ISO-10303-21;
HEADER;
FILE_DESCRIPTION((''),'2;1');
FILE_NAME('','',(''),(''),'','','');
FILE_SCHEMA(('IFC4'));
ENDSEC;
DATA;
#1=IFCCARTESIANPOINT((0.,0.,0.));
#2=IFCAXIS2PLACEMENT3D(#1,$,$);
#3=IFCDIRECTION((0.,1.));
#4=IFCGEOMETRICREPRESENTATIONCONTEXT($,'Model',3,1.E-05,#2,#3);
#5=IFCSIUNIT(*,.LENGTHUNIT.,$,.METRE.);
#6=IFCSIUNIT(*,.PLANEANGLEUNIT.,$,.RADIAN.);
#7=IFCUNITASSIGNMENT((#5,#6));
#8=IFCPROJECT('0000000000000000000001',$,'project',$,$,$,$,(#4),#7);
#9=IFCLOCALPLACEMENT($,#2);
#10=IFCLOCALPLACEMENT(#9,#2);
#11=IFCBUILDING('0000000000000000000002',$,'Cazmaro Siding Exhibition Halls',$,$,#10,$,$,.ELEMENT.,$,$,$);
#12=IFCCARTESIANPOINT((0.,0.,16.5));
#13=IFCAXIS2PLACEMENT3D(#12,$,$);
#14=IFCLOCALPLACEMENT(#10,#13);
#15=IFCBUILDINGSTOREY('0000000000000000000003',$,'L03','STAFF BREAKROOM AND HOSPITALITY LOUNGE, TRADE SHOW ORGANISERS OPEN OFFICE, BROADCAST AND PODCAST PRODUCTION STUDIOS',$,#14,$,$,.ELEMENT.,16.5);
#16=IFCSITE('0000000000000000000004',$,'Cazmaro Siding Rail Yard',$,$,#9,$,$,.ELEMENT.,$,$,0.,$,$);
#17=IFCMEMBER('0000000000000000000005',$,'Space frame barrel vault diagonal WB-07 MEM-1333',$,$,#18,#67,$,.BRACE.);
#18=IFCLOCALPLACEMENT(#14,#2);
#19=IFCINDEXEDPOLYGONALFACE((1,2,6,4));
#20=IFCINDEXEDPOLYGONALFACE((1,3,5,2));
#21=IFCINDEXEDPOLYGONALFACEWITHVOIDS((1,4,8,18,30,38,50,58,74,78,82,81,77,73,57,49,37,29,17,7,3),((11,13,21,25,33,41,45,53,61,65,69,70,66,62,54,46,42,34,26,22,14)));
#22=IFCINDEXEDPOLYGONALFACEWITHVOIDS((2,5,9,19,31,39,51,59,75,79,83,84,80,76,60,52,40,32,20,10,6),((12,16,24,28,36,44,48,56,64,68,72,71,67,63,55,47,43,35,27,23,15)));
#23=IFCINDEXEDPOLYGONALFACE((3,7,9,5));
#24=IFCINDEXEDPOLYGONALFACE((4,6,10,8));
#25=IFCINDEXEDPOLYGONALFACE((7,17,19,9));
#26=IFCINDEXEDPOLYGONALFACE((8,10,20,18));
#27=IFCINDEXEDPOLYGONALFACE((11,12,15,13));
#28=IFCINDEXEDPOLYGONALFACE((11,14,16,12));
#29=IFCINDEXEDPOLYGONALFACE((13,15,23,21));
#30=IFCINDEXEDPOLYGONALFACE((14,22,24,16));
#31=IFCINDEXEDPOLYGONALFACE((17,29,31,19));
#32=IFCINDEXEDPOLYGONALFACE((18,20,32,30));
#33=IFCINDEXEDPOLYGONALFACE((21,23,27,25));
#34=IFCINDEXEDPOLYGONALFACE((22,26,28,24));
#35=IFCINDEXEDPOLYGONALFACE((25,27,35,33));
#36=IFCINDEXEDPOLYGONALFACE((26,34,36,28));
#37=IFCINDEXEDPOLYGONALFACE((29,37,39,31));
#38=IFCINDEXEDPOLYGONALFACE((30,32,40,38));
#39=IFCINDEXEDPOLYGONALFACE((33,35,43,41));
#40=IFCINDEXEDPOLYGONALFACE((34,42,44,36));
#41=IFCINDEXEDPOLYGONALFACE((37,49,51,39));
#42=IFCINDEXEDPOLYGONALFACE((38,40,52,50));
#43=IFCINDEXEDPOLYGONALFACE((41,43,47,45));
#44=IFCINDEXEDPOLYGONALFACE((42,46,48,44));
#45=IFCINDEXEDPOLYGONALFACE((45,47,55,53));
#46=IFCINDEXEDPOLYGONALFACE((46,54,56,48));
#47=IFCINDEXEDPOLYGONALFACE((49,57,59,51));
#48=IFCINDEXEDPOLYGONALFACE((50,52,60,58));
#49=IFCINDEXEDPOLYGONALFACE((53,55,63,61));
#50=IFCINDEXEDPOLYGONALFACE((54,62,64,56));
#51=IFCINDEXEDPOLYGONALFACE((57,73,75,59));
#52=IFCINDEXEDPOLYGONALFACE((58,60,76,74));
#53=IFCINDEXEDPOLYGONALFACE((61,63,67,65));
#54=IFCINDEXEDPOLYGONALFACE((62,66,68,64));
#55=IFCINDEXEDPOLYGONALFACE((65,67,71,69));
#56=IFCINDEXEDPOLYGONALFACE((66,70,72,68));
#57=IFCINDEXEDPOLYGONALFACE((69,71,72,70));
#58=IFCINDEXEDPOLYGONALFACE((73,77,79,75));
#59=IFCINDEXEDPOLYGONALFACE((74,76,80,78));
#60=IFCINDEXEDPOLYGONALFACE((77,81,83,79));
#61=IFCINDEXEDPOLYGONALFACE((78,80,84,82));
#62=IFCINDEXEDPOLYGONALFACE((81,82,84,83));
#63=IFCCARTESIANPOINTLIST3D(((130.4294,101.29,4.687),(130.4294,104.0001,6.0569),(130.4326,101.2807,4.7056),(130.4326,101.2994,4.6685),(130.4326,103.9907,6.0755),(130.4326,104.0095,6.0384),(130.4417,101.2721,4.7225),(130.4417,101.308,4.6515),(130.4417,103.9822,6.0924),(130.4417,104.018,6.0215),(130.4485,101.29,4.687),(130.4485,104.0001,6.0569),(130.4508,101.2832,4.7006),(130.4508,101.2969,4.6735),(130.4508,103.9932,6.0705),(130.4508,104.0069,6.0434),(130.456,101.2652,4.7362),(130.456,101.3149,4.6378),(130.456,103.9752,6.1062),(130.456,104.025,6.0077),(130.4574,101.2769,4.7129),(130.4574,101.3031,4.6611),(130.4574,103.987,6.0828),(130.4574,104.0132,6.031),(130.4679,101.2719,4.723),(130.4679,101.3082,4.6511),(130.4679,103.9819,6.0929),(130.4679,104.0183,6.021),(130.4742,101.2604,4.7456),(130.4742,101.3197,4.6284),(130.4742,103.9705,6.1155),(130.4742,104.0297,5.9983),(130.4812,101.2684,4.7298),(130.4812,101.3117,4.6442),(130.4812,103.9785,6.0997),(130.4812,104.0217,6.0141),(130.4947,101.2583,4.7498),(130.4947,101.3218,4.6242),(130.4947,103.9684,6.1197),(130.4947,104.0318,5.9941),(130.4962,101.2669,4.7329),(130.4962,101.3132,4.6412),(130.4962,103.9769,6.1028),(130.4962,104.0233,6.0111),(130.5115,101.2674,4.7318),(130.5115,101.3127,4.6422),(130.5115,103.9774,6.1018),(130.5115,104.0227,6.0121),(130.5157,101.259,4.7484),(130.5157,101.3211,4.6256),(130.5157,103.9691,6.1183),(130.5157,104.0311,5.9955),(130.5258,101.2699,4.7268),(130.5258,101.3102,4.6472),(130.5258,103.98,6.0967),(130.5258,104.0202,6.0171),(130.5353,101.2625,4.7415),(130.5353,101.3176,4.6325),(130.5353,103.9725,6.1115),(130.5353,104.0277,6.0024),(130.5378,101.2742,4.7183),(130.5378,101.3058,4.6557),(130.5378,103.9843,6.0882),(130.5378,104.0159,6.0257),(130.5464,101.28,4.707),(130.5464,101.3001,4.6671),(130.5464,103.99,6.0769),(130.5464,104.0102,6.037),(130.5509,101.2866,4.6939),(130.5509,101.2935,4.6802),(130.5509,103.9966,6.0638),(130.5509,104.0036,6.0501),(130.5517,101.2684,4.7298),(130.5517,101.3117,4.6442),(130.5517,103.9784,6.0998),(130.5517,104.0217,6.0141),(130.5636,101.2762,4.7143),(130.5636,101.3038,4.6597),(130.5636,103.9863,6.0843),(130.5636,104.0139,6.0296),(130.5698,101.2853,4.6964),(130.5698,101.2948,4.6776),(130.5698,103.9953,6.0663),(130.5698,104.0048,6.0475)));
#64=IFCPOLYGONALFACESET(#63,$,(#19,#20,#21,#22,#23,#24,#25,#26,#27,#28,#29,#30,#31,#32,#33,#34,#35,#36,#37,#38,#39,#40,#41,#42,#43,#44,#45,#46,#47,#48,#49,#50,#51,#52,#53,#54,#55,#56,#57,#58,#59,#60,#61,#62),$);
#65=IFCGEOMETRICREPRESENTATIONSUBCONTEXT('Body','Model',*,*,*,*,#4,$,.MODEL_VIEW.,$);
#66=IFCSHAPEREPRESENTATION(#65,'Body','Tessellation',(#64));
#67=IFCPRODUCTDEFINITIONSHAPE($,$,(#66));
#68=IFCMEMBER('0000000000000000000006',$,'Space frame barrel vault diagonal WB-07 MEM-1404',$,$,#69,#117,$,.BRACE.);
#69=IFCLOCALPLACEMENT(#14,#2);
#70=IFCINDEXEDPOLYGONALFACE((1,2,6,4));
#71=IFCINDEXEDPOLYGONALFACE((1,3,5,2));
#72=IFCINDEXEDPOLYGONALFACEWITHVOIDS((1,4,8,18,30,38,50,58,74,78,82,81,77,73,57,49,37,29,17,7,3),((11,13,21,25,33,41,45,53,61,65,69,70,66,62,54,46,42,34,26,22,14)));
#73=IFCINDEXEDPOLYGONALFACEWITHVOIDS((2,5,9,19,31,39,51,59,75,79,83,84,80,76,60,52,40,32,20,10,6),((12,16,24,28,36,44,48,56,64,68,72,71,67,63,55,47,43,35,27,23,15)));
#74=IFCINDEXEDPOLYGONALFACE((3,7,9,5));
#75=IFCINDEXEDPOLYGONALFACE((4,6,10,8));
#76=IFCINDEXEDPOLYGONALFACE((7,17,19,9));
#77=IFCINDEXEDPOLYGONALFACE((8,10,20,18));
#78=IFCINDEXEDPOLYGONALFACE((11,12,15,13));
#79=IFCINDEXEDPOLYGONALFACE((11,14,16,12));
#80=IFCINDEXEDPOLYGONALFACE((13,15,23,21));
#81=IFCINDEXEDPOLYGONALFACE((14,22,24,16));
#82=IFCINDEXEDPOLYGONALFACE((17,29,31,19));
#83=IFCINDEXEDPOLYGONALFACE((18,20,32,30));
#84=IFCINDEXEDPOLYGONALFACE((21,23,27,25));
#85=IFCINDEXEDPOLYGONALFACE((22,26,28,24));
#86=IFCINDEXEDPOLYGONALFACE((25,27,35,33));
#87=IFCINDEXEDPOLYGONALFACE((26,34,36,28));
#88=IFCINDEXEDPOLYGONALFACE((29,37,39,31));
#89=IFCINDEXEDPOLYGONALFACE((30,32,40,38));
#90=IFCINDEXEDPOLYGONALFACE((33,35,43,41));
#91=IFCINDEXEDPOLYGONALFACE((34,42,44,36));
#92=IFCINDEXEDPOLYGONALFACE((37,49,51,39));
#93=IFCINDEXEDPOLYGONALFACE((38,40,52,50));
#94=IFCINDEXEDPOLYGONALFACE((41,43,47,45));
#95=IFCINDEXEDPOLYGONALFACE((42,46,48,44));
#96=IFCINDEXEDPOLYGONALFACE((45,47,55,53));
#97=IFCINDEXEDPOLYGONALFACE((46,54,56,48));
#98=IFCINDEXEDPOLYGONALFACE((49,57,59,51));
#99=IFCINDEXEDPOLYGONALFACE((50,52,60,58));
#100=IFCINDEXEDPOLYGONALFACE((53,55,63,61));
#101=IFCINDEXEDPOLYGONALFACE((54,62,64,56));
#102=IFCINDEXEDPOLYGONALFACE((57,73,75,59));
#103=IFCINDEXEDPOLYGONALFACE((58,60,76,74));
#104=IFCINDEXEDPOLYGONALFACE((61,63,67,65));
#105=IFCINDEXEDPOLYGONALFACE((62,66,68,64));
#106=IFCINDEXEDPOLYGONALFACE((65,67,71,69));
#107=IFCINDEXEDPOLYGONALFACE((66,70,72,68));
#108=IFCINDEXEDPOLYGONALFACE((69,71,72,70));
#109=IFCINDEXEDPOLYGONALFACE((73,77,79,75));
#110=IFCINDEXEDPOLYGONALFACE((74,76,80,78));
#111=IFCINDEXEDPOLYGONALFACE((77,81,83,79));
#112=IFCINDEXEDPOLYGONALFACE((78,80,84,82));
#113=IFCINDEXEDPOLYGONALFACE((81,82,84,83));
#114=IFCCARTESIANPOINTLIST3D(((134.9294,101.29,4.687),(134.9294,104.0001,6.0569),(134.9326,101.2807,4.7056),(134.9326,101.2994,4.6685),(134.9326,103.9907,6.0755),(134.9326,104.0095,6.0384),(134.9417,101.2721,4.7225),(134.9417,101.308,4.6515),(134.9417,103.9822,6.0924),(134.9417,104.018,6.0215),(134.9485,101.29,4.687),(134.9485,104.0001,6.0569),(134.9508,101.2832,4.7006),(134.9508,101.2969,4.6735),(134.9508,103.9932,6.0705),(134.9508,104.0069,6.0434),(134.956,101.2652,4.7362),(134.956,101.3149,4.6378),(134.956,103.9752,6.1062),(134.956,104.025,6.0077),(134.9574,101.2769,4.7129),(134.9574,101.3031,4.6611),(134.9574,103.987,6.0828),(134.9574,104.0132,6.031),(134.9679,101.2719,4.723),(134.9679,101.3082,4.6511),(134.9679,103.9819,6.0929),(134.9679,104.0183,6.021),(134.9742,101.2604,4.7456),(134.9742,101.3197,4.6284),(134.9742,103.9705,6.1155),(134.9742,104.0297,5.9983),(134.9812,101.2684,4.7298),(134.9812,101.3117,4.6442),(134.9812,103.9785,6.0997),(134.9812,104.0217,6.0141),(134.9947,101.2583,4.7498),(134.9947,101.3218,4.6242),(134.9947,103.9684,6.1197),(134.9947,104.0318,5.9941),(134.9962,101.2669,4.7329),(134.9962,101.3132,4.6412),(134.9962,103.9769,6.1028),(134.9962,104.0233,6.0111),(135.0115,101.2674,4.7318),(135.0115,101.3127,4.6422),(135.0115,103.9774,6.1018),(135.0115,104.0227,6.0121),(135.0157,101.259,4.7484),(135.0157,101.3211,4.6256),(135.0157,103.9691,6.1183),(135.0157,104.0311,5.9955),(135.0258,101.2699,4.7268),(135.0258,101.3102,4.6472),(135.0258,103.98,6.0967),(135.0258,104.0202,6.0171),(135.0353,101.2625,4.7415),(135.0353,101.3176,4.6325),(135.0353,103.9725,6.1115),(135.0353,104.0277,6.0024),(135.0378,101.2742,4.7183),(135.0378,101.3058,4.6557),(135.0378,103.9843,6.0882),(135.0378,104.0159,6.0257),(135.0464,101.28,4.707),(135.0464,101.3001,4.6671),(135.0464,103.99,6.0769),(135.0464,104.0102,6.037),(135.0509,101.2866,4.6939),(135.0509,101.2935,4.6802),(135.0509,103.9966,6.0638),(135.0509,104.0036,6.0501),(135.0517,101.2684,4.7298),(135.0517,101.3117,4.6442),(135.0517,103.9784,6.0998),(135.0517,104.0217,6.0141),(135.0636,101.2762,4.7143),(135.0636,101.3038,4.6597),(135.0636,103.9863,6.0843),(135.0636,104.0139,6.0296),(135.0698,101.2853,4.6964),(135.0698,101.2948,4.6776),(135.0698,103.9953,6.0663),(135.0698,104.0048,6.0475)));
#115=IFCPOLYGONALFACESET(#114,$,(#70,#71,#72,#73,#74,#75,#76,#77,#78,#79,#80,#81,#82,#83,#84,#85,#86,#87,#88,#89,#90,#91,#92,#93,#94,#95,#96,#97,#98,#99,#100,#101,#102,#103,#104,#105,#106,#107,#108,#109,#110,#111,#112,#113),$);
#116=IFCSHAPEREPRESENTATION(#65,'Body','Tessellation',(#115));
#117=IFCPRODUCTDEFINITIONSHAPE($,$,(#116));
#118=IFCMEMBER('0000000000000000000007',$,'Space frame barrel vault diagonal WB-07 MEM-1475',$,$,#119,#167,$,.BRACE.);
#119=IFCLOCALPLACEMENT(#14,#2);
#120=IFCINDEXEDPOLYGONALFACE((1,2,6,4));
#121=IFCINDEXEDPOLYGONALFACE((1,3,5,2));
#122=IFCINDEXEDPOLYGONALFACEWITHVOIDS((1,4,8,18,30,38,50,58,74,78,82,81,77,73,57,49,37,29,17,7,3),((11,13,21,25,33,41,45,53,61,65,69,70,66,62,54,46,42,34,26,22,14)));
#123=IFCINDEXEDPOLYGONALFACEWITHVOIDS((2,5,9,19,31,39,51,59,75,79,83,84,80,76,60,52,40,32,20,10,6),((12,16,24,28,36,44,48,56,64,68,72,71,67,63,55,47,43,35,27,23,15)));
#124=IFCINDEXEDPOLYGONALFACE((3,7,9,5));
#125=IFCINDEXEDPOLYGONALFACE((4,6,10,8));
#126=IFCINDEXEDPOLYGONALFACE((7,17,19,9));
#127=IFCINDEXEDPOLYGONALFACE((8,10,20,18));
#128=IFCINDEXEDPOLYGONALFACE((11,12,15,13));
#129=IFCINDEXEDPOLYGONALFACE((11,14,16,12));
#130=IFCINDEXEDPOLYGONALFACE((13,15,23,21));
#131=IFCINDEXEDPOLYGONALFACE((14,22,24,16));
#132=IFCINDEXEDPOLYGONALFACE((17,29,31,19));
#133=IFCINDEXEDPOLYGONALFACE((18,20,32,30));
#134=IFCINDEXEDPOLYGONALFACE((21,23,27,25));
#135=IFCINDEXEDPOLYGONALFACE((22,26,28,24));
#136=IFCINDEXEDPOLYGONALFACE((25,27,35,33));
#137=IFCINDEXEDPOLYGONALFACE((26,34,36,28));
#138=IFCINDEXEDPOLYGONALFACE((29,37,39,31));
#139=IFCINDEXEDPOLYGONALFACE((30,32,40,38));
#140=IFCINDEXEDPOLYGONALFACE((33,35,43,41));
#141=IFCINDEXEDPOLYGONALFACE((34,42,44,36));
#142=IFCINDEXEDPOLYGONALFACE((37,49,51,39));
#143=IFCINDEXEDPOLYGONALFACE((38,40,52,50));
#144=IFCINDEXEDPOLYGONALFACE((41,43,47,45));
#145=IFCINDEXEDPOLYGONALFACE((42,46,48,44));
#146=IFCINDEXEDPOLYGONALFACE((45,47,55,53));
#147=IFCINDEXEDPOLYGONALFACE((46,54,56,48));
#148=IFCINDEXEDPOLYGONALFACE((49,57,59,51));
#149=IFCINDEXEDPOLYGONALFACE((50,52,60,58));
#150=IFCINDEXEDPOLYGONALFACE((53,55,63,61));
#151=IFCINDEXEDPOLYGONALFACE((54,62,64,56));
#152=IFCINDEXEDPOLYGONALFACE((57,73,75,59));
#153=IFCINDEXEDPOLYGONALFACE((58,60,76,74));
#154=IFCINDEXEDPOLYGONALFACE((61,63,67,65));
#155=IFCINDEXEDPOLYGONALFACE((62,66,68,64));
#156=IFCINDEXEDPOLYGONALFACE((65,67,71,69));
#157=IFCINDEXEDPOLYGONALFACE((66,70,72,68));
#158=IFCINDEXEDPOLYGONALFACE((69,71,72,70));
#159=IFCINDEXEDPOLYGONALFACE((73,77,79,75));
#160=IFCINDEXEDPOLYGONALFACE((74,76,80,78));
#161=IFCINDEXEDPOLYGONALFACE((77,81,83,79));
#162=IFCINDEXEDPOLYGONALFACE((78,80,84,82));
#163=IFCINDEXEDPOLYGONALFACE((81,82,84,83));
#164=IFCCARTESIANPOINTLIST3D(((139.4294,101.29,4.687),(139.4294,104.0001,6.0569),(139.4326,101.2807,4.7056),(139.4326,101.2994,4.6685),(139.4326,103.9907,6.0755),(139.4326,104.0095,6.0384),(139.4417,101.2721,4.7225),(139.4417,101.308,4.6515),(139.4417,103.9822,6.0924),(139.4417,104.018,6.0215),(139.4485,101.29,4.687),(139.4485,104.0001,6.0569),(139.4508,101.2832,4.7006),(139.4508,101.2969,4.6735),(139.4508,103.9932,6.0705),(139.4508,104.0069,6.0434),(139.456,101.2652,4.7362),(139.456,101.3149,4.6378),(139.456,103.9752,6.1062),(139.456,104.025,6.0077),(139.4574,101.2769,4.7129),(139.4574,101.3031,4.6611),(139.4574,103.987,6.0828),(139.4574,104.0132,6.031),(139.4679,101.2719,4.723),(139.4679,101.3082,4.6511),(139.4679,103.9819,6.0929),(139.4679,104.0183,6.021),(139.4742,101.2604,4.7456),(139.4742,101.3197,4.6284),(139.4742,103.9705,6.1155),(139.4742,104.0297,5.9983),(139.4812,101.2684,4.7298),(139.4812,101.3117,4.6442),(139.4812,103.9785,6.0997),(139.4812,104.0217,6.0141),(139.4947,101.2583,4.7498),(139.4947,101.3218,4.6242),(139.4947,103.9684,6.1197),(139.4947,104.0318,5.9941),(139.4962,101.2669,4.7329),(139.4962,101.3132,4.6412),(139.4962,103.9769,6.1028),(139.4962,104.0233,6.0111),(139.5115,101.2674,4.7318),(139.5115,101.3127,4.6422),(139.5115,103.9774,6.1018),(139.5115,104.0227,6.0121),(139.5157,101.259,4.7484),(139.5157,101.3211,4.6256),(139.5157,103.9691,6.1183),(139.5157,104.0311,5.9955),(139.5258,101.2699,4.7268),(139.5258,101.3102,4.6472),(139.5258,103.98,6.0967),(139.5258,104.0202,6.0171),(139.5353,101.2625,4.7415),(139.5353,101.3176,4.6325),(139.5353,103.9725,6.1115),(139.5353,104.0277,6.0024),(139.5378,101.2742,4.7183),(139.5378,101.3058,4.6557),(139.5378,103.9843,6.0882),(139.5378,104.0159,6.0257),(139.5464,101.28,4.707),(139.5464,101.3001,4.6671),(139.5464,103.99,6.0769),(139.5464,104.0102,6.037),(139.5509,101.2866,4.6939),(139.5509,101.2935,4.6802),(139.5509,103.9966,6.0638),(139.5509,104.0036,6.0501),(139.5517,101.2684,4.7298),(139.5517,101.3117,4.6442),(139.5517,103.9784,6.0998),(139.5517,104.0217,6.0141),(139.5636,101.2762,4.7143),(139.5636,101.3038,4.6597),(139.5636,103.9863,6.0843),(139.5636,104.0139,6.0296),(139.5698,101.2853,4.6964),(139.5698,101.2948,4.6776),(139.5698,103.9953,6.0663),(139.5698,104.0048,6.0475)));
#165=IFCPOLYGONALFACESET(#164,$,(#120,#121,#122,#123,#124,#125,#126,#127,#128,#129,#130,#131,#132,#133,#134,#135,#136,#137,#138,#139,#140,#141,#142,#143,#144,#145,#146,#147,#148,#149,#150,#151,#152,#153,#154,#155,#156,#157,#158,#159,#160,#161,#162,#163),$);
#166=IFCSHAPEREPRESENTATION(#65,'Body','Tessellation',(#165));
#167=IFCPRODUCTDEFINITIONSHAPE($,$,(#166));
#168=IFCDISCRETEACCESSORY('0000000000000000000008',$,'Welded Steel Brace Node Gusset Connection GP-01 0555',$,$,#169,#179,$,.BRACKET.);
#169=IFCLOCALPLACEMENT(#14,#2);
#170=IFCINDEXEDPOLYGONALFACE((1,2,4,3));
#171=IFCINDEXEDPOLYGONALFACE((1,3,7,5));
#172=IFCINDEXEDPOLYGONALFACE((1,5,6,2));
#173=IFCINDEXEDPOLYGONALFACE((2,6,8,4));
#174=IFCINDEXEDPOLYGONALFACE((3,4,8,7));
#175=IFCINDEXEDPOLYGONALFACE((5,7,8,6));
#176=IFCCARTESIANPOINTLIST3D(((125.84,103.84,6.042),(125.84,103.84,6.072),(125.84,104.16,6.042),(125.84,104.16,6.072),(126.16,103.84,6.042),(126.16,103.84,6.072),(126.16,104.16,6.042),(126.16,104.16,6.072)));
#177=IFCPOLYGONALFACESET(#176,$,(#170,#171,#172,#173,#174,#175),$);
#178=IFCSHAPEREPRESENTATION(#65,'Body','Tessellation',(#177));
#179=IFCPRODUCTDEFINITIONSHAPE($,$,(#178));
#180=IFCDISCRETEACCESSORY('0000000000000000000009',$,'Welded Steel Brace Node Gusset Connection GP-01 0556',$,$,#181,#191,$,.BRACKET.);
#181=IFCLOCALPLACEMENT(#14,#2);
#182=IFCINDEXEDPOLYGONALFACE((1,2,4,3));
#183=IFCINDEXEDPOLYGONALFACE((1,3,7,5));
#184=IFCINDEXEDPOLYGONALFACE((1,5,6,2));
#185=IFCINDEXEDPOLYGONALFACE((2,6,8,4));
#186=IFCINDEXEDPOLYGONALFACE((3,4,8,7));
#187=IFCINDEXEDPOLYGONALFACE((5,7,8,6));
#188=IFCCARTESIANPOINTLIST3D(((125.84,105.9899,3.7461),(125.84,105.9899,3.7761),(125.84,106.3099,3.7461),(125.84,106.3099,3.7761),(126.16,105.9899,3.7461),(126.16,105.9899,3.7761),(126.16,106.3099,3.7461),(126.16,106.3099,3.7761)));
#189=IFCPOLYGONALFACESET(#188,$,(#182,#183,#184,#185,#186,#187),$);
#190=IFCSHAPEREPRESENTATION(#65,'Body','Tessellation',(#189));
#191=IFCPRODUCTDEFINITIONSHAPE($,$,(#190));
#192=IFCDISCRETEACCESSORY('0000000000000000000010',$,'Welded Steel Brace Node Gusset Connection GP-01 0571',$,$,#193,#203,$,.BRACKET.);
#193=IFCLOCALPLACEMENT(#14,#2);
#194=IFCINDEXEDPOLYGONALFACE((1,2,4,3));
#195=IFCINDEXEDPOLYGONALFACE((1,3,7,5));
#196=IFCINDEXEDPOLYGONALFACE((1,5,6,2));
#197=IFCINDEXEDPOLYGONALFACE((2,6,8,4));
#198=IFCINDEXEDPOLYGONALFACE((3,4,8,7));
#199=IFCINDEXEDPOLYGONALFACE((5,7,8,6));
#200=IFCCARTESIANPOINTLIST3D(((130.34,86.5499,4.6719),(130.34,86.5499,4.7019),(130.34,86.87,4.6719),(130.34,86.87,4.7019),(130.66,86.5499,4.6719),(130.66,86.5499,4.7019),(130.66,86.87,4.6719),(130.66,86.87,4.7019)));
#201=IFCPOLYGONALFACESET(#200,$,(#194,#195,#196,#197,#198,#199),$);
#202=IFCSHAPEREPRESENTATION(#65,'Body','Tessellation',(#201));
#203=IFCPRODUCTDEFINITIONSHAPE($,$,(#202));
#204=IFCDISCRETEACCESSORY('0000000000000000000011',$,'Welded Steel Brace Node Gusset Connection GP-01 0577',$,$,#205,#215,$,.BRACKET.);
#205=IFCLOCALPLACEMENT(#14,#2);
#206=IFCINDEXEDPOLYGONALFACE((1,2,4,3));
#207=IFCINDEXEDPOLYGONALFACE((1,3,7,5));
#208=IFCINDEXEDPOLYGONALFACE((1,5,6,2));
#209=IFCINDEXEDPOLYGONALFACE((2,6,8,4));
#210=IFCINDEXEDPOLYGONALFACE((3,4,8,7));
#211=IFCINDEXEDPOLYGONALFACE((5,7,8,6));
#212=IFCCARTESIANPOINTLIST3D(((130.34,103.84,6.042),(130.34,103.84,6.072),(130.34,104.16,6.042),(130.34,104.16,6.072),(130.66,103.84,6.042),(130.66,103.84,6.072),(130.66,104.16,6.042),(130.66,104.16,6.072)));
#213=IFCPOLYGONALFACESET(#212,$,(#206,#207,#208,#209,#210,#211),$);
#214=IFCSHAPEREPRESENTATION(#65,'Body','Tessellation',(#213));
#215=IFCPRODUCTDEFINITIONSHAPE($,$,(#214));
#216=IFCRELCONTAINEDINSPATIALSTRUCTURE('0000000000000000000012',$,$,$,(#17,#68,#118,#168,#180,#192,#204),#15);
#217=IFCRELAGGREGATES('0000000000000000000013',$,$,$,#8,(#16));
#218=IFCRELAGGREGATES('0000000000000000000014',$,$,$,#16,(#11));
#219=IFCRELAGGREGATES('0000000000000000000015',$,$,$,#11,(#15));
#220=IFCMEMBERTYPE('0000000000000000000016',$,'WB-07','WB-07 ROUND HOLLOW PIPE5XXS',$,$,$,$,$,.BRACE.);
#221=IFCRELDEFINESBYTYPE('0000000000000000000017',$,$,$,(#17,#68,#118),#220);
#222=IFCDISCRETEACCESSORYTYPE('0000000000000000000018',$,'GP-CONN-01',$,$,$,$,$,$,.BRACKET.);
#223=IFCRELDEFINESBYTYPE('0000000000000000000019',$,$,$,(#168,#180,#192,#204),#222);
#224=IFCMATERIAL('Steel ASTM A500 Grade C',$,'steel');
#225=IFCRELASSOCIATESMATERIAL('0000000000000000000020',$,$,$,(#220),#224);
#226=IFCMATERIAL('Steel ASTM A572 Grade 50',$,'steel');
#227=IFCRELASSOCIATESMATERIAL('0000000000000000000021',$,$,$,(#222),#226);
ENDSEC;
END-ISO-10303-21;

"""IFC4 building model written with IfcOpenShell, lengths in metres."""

from ifc_helpers import new_model, si_unit, direction, frame, origin, origin_2d, place, context, subcontext, project, spatial, rectangle, hollow_circle, extrude, material, material_profile, profile_set, type_object, element, save


model = new_model("IFC4")

# Units and contexts
model_context = context("Model", 3, precision=1e-05, world=origin(), true_north=direction((0.0, 1.0)))
body_context = subcontext(model_context, "Body", "Model", "MODEL_VIEW")
ifc_project = project(units=[si_unit("LENGTHUNIT", "METRE"), si_unit("PLANEANGLEUNIT", "RADIAN")], contexts=[model_context])

# Site, building, storey
site_placement = place(None, origin())
site = spatial("IfcSite", under=ifc_project, at=site_placement, Name="Cazmaro Siding Rail Yard", CompositionType="ELEMENT", RefElevation=0.0)
building_placement = place(site_placement, origin())
building = spatial("IfcBuilding", under=site, at=building_placement, Name="Cazmaro Siding Exhibition Halls", CompositionType="ELEMENT")
storey_placement = place(building_placement, frame((0.0, 0.0, 16.5)))
storey = spatial("IfcBuildingStorey", under=building, at=storey_placement, Name="L03", Description="STAFF BREAKROOM AND HOSPITALITY LOUNGE, TRADE SHOW ORGANISERS OPEN OFFICE, BROADCAST AND PODCAST PRODUCTION STUDIOS", CompositionType="ELEMENT", Elevation=16.5)

# Members
ifc_material_1 = material(Name="Steel ASTM A500 Grade C", Category="steel")
ifc_material_profile_1 = material_profile(ifc_material_1, hollow_circle(Radius=0.0706, WallThickness=0.019, at=origin_2d()), Name="PIPE5XXS")
ifc_profile_set_1 = profile_set([ifc_material_profile_1], Name="Steel ASTM A500 Grade C")
member_type_1 = type_object("IfcMemberType", Name="WB-07", Description="WB-07 ROUND HOLLOW PIPE5XXS", PredefinedType="BRACE", material=ifc_profile_set_1)
for number, where, z_axis, x_axis, name in (
    (1, (130.5, 101.29, 4.687), (0.0, 0.892457, 0.451133), (-1.0, 0.0, 0.0), "Space frame barrel vault diagonal WB-07 MEM-1333"),
    (2, (135.0, 101.29, 4.687), (0.0, 0.892457, 0.451133), (-1.0, 0.0, 0.0), "Space frame barrel vault diagonal WB-07 MEM-1404"),
    (3, (139.5, 101.29, 4.687), (0.0, 0.892457, 0.451133), (-1.0, 0.0, 0.0), "Space frame barrel vault diagonal WB-07 MEM-1475"),
):
    element("IfcMember", number, at=place(storey_placement, frame(where, z_axis=z_axis, x_axis=x_axis)), inside=storey, type_object=member_type_1, Name=name, PredefinedType="BRACE", context=body_context, shape_type="SweptSolid", body=[
        extrude(hollow_circle(Radius=0.0706, WallThickness=0.019, at=origin_2d()), origin(), (0.0, 0.0, 1.0), 3.0366),
    ])

# Discrete accessories
ifc_material_2 = material(Name="Steel ASTM A572 Grade 50", Category="steel")
discrete_accessory_type = type_object("IfcDiscreteAccessoryType", Name="GP-CONN-01", PredefinedType="BRACKET", material=ifc_material_2)
for number, where, z_axis, x_axis, name in (
    (4, (126.0, 104.0, 6.042), (0.0, 0.0, 1.0), (1.0, 0.0, 0.0), "Welded Steel Brace Node Gusset Connection GP-01 0555"),
    (5, (126.0, 106.1499, 3.7461), (0.0, 0.0, 1.0), (1.0, 0.0, 0.0), "Welded Steel Brace Node Gusset Connection GP-01 0556"),
    (6, (130.5, 86.71, 4.6719), (0.0, 0.0, 1.0), (1.0, 0.0, 0.0), "Welded Steel Brace Node Gusset Connection GP-01 0571"),
    (7, (130.5, 104.0, 6.042), (0.0, 0.0, 1.0), (1.0, 0.0, 0.0), "Welded Steel Brace Node Gusset Connection GP-01 0577"),
):
    element("IfcDiscreteAccessory", number, at=place(storey_placement, frame(where, z_axis=z_axis, x_axis=x_axis)), inside=storey, type_object=discrete_accessory_type, Name=name, PredefinedType="BRACKET", context=body_context, shape_type="SweptSolid", body=[
        extrude(rectangle(XDim=0.3201, YDim=0.3201, at=origin_2d()), origin(), (0.0, 0.0, 1.0), 0.03),
    ])

save(model, "model.ifc")
